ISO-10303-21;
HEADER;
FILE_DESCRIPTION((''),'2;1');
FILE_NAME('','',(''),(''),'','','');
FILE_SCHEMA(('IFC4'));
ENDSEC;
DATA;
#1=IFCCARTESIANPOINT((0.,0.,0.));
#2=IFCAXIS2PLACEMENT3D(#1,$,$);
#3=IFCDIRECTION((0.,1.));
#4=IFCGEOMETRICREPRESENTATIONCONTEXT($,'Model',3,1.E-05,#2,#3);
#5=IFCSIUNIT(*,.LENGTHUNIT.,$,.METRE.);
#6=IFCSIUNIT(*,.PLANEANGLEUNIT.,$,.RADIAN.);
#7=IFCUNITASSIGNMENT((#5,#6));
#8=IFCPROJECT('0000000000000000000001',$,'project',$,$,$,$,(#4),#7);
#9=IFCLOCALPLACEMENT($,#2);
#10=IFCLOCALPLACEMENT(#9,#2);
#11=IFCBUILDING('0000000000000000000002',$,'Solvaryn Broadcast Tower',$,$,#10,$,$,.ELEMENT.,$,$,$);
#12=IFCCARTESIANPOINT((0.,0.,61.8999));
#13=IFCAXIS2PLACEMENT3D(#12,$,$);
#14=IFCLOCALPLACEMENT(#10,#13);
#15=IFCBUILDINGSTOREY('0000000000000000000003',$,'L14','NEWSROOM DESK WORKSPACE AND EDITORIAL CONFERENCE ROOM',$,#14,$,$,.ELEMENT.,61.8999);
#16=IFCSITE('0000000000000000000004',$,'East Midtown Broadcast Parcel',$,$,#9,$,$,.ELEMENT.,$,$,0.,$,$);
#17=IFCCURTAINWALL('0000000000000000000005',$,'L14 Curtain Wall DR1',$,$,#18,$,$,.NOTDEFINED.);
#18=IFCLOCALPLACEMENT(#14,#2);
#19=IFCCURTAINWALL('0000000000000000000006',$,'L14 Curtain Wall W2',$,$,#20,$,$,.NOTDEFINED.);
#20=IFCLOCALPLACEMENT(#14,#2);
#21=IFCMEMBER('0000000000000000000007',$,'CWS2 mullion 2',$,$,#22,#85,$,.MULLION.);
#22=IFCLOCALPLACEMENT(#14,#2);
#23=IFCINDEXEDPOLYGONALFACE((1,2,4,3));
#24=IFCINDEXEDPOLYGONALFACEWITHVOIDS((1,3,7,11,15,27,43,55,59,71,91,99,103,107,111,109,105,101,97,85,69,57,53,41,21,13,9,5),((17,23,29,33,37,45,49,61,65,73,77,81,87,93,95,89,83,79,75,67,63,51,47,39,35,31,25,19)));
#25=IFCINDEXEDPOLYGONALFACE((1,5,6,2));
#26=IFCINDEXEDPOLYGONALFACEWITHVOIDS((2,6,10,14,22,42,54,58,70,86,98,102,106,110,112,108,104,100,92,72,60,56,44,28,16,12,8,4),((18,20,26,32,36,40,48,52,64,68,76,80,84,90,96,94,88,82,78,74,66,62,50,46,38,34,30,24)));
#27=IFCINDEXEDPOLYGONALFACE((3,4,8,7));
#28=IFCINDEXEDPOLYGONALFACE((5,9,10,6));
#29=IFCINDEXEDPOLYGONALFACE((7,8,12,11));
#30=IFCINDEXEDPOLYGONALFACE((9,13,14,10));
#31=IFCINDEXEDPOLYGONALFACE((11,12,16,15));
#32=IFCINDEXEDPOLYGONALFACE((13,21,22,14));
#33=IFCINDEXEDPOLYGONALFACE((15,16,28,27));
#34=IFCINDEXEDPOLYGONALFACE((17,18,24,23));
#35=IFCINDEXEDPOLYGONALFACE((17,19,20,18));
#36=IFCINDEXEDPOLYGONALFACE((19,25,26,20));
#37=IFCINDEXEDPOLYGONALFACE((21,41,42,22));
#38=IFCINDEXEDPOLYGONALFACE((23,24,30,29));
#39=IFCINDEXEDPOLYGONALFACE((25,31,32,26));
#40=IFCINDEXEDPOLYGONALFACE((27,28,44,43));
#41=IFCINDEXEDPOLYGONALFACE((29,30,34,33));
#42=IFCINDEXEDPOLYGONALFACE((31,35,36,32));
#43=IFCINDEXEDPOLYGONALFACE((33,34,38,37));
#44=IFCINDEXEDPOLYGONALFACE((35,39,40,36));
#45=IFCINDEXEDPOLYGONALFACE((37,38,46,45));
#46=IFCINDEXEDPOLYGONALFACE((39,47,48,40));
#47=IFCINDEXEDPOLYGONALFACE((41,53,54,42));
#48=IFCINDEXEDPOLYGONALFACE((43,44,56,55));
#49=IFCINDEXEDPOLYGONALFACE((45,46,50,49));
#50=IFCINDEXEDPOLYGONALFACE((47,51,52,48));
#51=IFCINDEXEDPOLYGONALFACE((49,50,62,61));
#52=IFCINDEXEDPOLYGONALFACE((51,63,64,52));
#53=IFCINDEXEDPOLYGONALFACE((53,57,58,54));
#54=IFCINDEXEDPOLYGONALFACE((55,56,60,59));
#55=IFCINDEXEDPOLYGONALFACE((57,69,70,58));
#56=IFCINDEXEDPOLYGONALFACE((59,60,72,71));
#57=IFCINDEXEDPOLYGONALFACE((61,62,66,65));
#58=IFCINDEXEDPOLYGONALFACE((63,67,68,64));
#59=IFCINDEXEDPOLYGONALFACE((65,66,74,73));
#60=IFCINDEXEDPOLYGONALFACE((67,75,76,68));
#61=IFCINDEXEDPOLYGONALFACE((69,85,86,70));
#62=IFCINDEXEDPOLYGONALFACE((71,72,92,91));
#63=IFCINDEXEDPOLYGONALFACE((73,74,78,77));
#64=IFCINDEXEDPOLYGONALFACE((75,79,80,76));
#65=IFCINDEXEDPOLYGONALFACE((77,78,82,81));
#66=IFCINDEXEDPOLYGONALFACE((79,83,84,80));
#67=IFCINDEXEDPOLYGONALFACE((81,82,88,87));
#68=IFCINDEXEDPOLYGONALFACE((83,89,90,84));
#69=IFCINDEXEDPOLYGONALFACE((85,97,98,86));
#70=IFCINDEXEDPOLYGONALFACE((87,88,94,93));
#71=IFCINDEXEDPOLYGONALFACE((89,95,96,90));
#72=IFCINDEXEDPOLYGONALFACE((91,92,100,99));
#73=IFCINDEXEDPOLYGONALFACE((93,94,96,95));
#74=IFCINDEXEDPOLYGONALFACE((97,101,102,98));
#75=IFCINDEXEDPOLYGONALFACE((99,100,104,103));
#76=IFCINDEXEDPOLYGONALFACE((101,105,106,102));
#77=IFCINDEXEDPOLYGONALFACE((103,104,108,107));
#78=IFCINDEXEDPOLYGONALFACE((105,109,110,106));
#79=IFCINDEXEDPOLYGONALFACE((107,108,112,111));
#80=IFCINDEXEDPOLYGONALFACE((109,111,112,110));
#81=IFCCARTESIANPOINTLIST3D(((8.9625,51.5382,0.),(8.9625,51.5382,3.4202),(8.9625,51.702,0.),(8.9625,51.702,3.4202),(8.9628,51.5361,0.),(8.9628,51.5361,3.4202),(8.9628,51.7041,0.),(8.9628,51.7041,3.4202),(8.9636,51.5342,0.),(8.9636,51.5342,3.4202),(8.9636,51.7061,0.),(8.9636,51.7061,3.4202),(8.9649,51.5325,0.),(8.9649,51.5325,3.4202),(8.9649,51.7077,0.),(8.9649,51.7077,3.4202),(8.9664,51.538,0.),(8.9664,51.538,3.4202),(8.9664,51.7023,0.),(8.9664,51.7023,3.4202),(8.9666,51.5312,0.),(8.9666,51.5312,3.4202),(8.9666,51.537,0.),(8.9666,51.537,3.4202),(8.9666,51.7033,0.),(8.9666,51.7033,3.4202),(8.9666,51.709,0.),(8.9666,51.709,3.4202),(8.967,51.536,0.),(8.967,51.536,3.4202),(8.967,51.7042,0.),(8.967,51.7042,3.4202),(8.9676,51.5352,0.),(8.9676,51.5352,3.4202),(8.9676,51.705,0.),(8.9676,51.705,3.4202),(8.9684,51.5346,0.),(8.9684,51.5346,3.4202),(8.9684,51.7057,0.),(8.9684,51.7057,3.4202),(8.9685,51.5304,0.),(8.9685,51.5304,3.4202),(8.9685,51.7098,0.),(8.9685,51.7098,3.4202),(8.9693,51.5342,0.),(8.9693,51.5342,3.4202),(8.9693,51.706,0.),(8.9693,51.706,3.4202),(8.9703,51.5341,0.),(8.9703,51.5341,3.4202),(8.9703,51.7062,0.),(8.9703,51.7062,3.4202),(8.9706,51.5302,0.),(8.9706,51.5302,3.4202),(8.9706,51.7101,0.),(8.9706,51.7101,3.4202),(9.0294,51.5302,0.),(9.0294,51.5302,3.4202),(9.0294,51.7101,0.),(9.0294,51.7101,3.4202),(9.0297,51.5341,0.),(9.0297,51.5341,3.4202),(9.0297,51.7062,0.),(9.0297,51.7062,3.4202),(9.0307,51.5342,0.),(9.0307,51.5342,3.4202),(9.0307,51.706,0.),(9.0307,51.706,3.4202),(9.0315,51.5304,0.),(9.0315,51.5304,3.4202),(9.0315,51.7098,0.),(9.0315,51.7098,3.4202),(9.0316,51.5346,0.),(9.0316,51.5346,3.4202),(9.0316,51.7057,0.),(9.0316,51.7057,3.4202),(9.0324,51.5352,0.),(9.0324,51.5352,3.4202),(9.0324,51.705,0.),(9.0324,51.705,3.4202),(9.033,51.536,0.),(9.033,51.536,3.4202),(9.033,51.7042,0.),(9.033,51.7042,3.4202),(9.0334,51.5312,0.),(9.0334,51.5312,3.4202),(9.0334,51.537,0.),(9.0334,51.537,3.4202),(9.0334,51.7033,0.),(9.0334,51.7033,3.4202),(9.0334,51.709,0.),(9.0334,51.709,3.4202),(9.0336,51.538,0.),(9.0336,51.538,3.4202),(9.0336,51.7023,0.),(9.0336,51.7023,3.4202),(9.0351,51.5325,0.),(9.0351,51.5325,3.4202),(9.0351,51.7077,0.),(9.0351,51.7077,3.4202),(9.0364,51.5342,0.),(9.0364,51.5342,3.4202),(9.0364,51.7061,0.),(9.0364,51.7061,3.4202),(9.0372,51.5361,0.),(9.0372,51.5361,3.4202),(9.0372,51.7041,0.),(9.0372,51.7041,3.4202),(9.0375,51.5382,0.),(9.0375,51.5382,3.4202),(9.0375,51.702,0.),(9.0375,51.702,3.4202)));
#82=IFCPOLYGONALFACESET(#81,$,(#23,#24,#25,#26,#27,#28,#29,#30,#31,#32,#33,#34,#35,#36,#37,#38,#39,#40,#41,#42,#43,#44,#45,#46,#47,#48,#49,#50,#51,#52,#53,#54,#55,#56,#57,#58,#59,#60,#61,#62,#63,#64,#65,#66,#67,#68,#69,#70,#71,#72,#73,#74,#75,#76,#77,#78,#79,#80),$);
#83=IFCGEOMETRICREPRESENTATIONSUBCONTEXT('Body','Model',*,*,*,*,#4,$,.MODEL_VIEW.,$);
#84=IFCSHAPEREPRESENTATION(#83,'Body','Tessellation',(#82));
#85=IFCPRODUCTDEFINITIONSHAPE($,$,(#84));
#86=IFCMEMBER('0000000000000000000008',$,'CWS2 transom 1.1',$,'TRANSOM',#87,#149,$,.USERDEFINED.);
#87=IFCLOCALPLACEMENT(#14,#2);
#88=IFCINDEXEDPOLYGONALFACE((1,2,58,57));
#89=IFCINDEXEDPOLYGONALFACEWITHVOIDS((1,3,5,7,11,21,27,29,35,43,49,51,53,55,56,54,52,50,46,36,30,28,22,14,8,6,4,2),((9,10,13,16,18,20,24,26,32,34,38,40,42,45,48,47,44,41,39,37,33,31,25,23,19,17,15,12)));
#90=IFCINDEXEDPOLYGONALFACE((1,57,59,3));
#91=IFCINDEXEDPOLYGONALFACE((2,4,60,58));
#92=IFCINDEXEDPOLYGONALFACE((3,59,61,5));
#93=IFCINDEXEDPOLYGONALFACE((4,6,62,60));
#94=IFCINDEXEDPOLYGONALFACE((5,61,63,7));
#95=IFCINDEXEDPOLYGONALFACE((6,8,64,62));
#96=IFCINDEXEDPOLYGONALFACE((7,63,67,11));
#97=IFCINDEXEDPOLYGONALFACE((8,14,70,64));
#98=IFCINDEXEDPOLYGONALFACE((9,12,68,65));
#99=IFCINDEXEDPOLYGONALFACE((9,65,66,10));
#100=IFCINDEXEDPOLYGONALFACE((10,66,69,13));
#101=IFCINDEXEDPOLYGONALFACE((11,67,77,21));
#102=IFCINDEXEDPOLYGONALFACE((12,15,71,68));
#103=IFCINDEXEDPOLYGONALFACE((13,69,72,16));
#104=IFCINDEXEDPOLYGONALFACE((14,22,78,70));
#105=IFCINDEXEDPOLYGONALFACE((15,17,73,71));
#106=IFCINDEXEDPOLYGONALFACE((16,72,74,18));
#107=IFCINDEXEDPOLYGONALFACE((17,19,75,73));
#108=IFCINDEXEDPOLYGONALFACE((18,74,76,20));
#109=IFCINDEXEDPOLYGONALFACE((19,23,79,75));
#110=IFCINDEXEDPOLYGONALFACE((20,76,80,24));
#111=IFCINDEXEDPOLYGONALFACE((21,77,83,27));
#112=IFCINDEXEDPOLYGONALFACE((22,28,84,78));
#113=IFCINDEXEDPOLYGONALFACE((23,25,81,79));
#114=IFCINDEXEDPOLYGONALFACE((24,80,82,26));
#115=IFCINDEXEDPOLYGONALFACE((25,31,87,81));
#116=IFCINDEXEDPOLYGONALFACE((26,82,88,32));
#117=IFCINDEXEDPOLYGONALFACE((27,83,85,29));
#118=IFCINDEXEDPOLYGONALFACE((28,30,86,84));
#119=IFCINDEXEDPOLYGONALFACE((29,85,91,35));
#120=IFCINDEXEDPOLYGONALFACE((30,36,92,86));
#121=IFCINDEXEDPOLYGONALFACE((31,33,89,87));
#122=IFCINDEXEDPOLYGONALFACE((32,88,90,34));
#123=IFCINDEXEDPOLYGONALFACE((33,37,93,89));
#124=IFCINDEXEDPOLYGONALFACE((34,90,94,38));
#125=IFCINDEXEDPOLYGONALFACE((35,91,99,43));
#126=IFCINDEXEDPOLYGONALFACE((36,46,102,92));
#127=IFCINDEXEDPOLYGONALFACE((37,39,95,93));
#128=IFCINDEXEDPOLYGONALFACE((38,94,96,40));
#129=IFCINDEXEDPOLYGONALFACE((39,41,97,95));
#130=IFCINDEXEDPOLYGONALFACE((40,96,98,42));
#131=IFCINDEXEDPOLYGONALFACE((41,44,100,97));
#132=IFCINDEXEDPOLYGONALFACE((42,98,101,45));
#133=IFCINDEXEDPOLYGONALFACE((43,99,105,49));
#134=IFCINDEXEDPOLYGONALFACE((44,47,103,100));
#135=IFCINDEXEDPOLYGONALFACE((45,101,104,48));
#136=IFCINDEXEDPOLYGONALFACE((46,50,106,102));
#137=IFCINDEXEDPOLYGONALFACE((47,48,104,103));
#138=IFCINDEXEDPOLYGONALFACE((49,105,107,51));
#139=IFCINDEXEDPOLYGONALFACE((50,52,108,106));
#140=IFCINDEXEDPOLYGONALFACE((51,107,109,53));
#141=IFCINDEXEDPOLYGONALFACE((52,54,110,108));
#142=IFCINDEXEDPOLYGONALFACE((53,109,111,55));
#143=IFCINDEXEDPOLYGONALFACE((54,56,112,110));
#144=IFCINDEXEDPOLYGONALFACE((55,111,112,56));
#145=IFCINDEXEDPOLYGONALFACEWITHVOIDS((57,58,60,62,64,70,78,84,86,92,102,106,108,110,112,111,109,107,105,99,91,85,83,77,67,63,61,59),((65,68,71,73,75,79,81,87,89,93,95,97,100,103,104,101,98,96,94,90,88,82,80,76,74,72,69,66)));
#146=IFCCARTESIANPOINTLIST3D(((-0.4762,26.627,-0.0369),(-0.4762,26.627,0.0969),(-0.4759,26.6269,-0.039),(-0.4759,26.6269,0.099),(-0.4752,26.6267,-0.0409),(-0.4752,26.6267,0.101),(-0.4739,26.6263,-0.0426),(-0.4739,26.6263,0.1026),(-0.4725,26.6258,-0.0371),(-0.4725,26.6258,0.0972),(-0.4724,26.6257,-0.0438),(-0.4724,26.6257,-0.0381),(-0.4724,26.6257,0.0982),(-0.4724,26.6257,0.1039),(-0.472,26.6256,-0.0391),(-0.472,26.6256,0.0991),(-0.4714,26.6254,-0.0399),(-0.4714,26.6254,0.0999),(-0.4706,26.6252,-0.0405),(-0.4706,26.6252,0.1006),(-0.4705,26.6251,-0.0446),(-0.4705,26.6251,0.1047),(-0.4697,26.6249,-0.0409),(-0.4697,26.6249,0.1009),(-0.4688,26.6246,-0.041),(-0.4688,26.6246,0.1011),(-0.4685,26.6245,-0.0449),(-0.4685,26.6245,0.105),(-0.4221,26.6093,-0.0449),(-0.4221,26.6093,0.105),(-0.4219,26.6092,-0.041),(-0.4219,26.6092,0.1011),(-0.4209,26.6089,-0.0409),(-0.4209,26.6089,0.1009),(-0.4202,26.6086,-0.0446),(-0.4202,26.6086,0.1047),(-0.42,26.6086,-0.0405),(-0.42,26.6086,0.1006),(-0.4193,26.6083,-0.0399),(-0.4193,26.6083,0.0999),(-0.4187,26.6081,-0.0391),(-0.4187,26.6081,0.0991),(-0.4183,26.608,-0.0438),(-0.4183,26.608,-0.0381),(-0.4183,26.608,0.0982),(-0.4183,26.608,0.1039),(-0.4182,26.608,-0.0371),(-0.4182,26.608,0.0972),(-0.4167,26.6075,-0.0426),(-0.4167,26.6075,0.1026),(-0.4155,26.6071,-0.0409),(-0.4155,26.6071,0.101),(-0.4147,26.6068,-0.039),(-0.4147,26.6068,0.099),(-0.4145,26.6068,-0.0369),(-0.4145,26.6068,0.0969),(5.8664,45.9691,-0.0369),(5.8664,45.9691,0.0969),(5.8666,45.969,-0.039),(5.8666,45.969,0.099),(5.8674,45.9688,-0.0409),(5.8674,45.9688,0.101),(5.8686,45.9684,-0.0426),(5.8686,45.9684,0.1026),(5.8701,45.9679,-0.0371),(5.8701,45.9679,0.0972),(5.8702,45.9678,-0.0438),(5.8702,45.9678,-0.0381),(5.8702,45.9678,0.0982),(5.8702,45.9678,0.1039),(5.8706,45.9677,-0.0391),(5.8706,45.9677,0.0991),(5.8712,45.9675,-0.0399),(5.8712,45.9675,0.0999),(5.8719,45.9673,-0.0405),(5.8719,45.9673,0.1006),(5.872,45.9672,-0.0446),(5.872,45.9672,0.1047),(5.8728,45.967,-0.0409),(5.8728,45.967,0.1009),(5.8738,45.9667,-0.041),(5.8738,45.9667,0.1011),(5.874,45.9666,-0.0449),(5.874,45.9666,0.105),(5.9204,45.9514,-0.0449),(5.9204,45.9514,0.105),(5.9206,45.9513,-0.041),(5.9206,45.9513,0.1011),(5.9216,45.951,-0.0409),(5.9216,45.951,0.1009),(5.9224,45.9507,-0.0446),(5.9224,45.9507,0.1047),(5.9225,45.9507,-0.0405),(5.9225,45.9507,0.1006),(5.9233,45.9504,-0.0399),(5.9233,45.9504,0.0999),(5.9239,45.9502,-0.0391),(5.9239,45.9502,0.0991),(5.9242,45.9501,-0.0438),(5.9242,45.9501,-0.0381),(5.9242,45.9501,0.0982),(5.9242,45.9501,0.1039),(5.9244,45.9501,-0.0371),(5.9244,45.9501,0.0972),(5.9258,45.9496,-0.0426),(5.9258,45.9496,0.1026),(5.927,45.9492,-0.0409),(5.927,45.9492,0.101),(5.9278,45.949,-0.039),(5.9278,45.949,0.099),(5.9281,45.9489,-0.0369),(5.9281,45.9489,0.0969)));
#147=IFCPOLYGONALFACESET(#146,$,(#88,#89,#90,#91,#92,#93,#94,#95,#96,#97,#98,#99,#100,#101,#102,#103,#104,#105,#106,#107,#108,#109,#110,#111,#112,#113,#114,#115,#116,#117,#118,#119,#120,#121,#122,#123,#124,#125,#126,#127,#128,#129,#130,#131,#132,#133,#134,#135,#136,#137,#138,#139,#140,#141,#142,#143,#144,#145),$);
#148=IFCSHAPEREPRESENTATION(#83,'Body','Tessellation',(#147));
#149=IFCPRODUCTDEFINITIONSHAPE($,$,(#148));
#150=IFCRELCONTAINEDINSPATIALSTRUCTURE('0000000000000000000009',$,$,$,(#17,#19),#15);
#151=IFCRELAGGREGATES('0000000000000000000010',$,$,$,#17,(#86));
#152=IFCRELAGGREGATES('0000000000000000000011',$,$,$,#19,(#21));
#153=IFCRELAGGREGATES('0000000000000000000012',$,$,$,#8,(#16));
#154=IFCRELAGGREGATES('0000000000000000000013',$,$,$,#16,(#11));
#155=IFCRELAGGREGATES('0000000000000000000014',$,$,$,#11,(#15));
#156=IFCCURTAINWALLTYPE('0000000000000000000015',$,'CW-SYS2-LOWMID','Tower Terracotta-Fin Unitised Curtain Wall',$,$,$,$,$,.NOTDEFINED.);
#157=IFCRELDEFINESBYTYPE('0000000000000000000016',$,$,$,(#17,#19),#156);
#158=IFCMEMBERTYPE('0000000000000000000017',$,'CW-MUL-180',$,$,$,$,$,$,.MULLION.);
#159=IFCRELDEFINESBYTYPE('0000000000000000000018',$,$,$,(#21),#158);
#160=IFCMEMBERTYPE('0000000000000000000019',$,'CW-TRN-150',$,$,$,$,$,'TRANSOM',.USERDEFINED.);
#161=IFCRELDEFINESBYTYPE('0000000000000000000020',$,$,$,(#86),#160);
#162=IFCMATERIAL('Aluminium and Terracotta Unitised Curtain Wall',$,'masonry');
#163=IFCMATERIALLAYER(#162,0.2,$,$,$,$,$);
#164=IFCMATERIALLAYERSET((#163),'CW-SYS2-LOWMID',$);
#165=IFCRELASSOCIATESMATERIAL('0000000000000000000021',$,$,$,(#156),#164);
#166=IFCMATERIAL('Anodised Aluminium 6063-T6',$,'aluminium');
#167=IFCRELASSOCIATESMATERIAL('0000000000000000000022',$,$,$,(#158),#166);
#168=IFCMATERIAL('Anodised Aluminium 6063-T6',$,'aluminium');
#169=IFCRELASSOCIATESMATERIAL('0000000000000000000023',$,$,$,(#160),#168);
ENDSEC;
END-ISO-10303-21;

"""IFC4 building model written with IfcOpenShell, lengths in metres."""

from ifc_helpers import new_model, si_unit, direction, frame, origin, origin_2d, place, context, subcontext, project, spatial, hollow_rectangle, extrude, material, layer, layer_set, material_profile, profile_set, type_object, element, aggregate, save


model = new_model("IFC4")

# Units and contexts
model_context = context("Model", 3, precision=1e-05, world=origin(), true_north=direction((0.0, 1.0)))
body_context = subcontext(model_context, "Body", "Model", "MODEL_VIEW")
ifc_project = project(units=[si_unit("LENGTHUNIT", "METRE"), si_unit("PLANEANGLEUNIT", "RADIAN")], contexts=[model_context])

# Site, building, storey
site_placement = place(None, origin())
site = spatial("IfcSite", under=ifc_project, at=site_placement, Name="East Midtown Broadcast Parcel", CompositionType="ELEMENT", RefElevation=0.0)
building_placement = place(site_placement, origin())
building = spatial("IfcBuilding", under=site, at=building_placement, Name="Solvaryn Broadcast Tower", CompositionType="ELEMENT")
storey_placement = place(building_placement, frame((0.0, 0.0, 61.8999)))
storey = spatial("IfcBuildingStorey", under=building, at=storey_placement, Name="L14", Description="NEWSROOM DESK WORKSPACE AND EDITORIAL CONFERENCE ROOM", CompositionType="ELEMENT", Elevation=61.8999)

# Curtain wall
ifc_material_1 = material(Name="Aluminium and Terracotta Unitised Curtain Wall", Category="masonry")
ifc_layer_1 = layer(ifc_material_1, 0.2)
ifc_layer_set_1 = layer_set([ifc_layer_1], Name="CW-SYS2-LOWMID")
curtain_wall_type = type_object("IfcCurtainWallType", Name="CW-SYS2-LOWMID", Description="Tower Terracotta-Fin Unitised Curtain Wall", PredefinedType="NOTDEFINED", material=ifc_layer_set_1)
curtain_wall_1_placement = place(storey_placement, origin())
curtain_wall_1 = element("IfcCurtainWall", 1, at=curtain_wall_1_placement, inside=storey, type_object=curtain_wall_type, Name="L14 Curtain Wall DR1", PredefinedType="NOTDEFINED")
ifc_material_2 = material(Name="Anodised Aluminium 6063-T6", Category="aluminium")
ifc_material_profile_1 = material_profile(ifc_material_2, hollow_rectangle(XDim=0.075, YDim=0.1799, WallThickness=0.0039, InnerFilletRadius=0.0039, OuterFilletRadius=0.0081, at=origin_2d()))
ifc_profile_set_1 = profile_set([ifc_material_profile_1], Name="Anodised Aluminium 6063-T6")
member_type_1 = type_object("IfcMemberType", Name="CW-MUL-180", PredefinedType="MULLION", material=ifc_profile_set_1)

# Curtain wall, member
curtain_wall_2_placement = place(storey_placement, origin())
curtain_wall_2 = element("IfcCurtainWall", 2, at=curtain_wall_2_placement, inside=storey, type_object=curtain_wall_type, Name="L14 Curtain Wall W2", PredefinedType="NOTDEFINED")
member_1_placement = place(storey_placement, frame((9.0, 51.6201, 0.0), z_axis=(0.0, 0.0, 1.0), x_axis=(-1.0, 0.0, 0.0)))
member_1 = element("IfcMember", 3, at=member_1_placement, type_object=member_type_1, Name="CWS2 mullion 2", PredefinedType="MULLION", context=body_context, shape_type="SweptSolid", body=[
    extrude(hollow_rectangle(XDim=0.075, YDim=0.1799, WallThickness=0.0039, InnerFilletRadius=0.0039, OuterFilletRadius=0.0081, at=origin_2d()), origin(), (0.0, 0.0, 1.0), 3.4202),
])

# Member
ifc_material_3 = material(Name="Anodised Aluminium 6063-T6", Category="aluminium")
ifc_material_profile_2 = material_profile(ifc_material_3, hollow_rectangle(XDim=0.0649, YDim=0.1499, WallThickness=0.0039, InnerFilletRadius=0.0039, OuterFilletRadius=0.0081, at=origin_2d()))
ifc_profile_set_2 = profile_set([ifc_material_profile_2], Name="Anodised Aluminium 6063-T6")
member_type_2 = type_object("IfcMemberType", Name="CW-TRN-150", ElementType="TRANSOM", PredefinedType="USERDEFINED", material=ifc_profile_set_2)
member_2_placement = place(storey_placement, frame((5.8972, 45.959, 0.03), z_axis=(-0.31159, -0.950217, 0.0), x_axis=(0.950217, -0.31159, 0.0)))
member_2 = element("IfcMember", 4, at=member_2_placement, type_object=member_type_2, Name="CWS2 transom 1.1", ObjectType="TRANSOM", PredefinedType="USERDEFINED", context=body_context, shape_type="SweptSolid", body=[
    extrude(hollow_rectangle(XDim=0.0649, YDim=0.1499, WallThickness=0.0039, InnerFilletRadius=0.0039, OuterFilletRadius=0.0081, at=origin_2d()), origin(), (0.0, 0.0, 1.0), 20.3555),
])
aggregate(curtain_wall_1, [member_2])

aggregate(curtain_wall_2, [member_1])

save(model, "model.ifc")
